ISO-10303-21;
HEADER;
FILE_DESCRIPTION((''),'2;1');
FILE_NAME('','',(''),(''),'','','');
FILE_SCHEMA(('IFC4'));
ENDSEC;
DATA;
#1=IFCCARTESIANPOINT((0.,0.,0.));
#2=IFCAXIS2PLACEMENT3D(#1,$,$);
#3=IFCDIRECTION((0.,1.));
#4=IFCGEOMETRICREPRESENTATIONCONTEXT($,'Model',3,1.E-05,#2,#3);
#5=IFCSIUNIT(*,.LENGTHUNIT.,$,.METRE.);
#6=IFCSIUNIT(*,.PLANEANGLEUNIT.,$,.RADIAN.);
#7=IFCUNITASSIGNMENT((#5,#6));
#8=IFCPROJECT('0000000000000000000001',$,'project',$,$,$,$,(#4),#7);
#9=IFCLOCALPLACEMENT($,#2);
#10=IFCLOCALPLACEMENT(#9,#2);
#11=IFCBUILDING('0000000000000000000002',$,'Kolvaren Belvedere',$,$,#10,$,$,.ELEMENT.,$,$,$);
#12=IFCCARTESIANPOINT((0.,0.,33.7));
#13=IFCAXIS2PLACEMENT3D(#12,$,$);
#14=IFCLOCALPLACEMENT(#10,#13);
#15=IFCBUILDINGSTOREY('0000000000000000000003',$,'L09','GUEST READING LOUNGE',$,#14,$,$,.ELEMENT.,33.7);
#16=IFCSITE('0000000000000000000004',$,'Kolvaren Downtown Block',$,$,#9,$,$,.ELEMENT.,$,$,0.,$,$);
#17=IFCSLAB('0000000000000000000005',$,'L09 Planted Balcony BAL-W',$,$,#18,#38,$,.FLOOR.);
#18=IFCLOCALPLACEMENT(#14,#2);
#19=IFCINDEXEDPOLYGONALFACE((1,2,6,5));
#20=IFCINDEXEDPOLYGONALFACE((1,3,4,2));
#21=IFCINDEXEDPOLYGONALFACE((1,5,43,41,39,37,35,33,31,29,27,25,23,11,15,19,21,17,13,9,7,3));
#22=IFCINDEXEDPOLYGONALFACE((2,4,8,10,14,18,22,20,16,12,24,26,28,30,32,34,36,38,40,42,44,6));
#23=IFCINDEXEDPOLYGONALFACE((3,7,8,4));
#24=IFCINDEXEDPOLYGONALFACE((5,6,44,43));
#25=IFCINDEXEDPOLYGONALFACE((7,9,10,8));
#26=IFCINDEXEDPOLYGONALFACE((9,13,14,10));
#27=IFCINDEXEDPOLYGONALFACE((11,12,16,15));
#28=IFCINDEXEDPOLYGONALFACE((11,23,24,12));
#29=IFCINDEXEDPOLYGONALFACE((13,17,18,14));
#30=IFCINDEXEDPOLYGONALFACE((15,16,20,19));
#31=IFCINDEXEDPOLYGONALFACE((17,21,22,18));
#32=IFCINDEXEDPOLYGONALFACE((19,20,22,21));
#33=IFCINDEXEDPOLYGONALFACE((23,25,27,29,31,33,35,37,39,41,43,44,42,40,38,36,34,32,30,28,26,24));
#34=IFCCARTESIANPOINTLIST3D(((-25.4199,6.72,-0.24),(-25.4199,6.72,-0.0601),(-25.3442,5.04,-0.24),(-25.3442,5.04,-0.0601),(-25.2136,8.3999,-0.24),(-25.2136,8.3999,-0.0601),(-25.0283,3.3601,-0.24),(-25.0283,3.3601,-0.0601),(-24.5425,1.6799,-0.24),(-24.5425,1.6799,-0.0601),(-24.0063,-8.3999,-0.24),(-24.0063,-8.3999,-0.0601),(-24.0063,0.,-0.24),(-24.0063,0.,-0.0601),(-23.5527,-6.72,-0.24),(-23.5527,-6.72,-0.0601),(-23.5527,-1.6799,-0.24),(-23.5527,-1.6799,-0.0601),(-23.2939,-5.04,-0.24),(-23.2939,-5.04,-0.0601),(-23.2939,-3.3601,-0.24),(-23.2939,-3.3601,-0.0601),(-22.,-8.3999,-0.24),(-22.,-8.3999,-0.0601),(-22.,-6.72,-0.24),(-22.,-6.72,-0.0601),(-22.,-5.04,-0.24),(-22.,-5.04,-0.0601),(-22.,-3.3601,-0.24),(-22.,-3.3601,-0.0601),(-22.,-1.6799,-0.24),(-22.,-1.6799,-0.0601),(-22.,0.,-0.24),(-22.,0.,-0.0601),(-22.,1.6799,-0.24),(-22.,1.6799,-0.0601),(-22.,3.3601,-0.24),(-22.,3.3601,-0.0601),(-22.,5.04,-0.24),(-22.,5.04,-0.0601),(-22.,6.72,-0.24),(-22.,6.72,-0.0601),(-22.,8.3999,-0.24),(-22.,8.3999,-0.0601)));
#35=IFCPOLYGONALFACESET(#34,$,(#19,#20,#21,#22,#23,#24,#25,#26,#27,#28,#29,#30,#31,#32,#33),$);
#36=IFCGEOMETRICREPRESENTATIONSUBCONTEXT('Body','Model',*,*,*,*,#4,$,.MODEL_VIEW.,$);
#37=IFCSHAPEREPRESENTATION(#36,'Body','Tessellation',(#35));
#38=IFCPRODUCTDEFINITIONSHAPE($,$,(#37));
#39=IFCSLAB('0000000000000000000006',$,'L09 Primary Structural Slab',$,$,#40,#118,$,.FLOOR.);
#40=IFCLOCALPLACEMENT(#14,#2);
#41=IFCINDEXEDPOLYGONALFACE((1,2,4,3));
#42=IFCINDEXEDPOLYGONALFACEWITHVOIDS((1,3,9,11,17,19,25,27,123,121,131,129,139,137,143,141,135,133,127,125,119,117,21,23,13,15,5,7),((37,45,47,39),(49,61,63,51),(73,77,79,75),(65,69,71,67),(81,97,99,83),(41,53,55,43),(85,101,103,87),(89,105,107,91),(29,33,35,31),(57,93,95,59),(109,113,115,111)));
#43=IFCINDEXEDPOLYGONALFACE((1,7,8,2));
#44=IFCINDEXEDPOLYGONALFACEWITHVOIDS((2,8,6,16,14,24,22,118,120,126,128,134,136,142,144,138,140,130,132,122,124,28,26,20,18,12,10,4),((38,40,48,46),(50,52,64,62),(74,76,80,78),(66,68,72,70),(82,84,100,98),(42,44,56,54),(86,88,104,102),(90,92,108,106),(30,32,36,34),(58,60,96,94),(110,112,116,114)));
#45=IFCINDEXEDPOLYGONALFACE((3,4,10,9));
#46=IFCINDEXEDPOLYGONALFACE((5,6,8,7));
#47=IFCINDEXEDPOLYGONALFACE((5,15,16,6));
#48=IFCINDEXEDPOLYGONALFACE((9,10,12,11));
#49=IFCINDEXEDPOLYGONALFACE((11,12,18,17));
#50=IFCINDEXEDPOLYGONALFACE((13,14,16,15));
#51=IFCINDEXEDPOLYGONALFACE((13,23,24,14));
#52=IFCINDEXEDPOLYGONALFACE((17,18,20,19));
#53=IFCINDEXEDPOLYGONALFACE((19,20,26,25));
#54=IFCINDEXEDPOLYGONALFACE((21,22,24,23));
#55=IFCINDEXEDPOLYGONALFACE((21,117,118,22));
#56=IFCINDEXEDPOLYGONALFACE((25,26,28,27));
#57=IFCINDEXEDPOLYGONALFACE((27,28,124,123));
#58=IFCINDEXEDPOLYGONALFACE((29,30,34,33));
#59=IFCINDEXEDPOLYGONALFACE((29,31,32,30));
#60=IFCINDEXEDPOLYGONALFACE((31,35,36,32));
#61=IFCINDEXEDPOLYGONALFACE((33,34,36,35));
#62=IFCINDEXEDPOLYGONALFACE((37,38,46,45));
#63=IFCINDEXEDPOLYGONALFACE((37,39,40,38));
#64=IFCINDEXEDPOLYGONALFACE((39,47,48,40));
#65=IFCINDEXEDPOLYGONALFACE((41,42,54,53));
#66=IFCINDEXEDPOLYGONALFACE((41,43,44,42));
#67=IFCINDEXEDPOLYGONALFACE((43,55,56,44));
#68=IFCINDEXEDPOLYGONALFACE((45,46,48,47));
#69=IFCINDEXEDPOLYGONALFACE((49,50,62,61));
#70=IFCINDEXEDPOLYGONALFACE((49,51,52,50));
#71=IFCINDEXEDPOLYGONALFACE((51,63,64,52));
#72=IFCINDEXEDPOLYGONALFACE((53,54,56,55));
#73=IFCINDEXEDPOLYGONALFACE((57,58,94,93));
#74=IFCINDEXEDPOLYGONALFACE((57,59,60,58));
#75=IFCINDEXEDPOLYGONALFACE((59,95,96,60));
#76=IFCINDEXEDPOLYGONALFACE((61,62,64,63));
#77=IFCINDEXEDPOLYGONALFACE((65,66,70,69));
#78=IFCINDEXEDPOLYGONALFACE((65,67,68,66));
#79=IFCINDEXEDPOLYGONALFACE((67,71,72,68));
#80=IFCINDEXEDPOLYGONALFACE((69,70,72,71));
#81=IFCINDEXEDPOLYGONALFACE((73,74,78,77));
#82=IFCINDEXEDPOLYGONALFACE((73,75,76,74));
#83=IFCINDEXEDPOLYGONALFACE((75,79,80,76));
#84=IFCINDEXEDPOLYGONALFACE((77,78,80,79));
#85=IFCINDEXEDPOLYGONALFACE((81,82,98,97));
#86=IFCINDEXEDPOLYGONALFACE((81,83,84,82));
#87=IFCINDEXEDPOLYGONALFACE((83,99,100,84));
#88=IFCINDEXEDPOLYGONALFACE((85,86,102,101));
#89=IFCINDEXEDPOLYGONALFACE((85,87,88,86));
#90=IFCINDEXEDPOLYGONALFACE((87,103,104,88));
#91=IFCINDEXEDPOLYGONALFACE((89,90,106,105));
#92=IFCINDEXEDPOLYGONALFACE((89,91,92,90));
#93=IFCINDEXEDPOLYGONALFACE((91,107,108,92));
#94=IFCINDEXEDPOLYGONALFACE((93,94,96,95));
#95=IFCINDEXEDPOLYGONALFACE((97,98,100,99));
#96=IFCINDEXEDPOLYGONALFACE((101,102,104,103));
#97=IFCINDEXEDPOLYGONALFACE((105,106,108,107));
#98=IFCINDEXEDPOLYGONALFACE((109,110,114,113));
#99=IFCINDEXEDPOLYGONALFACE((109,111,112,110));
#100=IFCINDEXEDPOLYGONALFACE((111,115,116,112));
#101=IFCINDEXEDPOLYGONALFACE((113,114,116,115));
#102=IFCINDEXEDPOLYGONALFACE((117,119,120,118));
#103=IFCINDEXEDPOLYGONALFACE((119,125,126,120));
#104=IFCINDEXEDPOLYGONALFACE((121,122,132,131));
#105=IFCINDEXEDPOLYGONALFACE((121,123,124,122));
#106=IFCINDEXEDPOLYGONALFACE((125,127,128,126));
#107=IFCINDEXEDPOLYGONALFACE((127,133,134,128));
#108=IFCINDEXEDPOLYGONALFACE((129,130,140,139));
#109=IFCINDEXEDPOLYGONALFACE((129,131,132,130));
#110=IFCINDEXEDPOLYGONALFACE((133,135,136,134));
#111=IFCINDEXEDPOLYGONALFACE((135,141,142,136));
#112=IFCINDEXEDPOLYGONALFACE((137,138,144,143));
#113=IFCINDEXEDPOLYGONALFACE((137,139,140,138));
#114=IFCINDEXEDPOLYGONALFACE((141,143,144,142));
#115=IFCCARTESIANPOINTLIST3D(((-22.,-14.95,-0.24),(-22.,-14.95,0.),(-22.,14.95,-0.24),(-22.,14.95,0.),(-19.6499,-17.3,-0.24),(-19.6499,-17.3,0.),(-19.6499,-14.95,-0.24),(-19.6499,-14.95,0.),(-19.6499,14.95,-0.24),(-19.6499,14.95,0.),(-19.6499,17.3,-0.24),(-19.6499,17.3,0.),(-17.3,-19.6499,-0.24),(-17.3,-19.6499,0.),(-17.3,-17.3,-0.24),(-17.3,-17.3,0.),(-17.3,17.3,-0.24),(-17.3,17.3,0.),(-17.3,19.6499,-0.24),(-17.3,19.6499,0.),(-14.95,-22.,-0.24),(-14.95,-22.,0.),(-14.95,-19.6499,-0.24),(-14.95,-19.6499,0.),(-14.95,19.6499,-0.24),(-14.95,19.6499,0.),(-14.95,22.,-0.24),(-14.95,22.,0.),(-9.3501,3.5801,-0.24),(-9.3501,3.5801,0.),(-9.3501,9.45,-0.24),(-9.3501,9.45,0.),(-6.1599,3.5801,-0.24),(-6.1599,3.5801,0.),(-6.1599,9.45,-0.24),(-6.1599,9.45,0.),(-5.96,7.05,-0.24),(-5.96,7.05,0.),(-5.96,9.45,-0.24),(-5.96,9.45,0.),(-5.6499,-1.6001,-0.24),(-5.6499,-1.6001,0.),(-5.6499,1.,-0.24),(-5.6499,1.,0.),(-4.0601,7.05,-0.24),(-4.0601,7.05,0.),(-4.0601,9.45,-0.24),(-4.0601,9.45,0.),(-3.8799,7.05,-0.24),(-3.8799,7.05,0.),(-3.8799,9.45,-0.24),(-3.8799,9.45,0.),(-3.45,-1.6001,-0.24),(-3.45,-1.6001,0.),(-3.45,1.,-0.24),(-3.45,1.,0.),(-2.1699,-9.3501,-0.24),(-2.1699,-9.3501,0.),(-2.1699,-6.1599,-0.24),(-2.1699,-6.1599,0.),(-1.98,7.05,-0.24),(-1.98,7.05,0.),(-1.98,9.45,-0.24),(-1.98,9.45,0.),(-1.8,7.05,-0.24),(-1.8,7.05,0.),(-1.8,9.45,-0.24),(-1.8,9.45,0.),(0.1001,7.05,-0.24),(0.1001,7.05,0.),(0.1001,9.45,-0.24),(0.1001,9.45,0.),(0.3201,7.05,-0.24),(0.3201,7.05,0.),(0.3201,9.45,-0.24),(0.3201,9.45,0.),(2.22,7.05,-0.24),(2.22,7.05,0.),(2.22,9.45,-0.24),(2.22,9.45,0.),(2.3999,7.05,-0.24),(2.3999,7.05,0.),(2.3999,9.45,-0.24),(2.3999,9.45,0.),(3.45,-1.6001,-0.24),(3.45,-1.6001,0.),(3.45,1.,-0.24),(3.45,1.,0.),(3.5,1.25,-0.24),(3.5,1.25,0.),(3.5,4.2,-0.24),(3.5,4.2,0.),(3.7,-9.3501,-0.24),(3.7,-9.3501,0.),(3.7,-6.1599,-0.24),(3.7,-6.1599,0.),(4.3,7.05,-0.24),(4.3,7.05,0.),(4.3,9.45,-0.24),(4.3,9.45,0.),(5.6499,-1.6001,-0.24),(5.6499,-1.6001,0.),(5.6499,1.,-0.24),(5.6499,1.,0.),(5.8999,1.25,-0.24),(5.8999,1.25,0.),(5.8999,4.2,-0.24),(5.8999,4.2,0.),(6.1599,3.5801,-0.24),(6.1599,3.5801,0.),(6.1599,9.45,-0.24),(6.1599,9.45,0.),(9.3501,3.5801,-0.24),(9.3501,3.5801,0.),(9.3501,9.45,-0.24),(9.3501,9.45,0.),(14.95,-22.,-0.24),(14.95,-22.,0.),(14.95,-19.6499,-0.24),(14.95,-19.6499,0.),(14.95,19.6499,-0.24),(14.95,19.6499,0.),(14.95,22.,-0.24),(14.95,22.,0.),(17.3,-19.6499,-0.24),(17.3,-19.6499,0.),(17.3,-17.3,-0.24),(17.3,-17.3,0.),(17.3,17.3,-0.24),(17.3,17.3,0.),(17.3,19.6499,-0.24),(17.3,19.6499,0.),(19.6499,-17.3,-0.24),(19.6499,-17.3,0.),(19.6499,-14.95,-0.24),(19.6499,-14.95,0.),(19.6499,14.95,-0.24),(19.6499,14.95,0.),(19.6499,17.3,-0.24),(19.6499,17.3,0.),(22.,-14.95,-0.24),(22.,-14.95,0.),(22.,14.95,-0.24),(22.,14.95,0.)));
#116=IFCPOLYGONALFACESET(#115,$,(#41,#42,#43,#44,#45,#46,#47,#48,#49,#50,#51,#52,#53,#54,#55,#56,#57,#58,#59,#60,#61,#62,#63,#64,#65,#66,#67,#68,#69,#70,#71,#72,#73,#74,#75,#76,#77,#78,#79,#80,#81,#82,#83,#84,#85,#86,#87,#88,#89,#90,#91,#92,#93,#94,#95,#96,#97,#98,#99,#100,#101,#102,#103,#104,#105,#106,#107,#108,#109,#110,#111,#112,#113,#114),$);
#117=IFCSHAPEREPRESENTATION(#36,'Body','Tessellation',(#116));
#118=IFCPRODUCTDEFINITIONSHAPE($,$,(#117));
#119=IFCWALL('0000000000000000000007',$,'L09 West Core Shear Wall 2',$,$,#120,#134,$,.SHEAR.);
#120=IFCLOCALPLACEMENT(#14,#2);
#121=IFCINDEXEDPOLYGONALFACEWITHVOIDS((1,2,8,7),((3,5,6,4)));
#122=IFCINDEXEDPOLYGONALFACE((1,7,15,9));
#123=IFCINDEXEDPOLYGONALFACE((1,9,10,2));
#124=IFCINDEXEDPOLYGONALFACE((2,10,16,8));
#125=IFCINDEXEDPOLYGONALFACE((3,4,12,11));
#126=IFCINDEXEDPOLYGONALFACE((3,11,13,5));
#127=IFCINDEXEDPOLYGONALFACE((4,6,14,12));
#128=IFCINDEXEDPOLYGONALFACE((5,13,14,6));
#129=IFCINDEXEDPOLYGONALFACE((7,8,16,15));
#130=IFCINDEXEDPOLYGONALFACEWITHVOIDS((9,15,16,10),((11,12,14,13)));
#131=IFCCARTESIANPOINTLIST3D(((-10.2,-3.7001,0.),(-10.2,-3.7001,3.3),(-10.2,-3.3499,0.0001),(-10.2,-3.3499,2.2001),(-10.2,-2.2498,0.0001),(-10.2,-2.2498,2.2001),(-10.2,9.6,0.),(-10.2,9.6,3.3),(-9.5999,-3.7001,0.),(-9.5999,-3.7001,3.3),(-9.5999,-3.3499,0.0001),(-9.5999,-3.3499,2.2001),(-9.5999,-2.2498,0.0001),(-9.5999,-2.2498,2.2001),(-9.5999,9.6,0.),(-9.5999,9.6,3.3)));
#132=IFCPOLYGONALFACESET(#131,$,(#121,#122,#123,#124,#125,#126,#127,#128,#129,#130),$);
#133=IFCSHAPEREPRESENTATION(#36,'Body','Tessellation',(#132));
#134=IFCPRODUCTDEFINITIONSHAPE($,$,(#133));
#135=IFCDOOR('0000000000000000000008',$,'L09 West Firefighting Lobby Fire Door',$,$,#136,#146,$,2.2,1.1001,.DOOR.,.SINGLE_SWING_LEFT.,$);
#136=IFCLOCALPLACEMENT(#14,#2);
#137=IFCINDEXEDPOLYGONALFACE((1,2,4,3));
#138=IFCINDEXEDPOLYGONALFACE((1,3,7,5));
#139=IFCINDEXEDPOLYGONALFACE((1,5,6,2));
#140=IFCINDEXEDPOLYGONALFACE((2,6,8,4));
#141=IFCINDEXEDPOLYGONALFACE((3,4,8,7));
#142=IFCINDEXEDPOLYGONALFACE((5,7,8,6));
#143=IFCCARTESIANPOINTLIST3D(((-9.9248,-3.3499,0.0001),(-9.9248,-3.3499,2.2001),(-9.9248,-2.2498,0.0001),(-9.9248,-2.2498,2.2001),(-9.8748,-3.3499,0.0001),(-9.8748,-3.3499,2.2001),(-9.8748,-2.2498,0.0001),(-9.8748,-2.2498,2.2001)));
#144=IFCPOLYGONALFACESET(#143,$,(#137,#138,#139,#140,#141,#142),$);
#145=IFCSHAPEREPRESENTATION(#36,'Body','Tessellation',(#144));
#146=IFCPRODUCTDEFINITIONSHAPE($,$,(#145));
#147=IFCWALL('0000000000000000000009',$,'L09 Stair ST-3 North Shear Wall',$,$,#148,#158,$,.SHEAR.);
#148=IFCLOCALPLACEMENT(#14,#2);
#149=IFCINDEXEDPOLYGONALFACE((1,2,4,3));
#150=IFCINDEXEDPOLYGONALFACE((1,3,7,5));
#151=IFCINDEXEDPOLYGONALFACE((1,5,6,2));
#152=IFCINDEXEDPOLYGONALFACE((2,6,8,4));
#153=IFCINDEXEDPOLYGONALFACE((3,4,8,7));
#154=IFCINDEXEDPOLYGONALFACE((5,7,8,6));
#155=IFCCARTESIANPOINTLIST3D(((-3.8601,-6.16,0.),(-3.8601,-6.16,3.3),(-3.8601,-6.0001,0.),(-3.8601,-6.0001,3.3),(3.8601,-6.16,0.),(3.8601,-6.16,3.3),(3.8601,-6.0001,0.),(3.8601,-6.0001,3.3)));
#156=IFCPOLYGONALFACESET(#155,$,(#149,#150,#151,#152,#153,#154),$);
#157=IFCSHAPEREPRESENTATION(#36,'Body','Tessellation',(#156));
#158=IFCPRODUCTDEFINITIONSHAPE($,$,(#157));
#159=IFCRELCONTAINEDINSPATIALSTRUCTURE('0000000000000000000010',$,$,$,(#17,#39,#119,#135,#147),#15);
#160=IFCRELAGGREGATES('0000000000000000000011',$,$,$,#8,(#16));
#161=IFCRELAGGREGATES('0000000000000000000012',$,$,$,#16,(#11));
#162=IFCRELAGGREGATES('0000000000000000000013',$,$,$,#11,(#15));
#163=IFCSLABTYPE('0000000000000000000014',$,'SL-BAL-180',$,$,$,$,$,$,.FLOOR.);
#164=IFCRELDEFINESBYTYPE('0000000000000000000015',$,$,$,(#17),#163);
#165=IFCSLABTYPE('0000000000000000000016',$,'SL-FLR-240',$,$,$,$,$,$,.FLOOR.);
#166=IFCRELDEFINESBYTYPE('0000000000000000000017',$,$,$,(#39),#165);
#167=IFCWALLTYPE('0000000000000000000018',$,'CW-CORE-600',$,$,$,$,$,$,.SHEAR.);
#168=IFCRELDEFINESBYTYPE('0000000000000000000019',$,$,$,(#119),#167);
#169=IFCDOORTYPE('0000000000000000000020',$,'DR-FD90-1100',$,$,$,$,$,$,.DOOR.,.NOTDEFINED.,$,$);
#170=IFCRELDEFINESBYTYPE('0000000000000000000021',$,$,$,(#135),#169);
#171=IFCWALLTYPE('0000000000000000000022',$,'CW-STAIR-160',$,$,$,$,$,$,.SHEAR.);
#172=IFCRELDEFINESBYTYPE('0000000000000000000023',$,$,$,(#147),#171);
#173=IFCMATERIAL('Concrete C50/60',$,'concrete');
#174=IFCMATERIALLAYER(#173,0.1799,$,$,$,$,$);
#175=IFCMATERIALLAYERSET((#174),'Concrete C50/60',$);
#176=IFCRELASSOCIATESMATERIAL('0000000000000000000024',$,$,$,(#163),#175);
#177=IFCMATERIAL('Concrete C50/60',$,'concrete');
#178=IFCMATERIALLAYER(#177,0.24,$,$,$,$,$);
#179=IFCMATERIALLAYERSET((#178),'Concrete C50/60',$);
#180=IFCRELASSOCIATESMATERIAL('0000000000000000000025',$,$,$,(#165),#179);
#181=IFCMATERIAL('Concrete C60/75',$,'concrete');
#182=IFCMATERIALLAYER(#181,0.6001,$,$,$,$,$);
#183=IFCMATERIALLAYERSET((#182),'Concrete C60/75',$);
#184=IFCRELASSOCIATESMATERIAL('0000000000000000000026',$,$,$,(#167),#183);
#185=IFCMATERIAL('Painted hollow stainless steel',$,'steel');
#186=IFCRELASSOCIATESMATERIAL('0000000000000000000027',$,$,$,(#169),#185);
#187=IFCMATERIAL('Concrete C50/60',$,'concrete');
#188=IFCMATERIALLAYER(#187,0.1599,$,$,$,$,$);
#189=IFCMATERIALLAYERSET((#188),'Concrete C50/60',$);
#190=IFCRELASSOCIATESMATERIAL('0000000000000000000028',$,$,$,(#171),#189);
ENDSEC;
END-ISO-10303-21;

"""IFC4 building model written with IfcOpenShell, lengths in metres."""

from ifc_helpers import new_model, si_unit, direction, frame, frame_2d, origin, place, context, subcontext, project, spatial, polyline, rectangle, outline, extrude, material, layer, layer_set, type_object, element, fill, save


model = new_model("IFC4")

# Units and contexts
model_context = context("Model", 3, precision=1e-05, world=origin(), true_north=direction((0.0, 1.0)))
body_context = subcontext(model_context, "Body", "Model", "MODEL_VIEW")
ifc_project = project(units=[si_unit("LENGTHUNIT", "METRE"), si_unit("PLANEANGLEUNIT", "RADIAN")], contexts=[model_context])

# Site, building, storey
site_placement = place(None, origin())
site = spatial("IfcSite", under=ifc_project, at=site_placement, Name="Kolvaren Downtown Block", CompositionType="ELEMENT", RefElevation=0.0)
building_placement = place(site_placement, origin())
building = spatial("IfcBuilding", under=site, at=building_placement, Name="Kolvaren Belvedere", CompositionType="ELEMENT")
storey_placement = place(building_placement, frame((0.0, 0.0, 33.7)))
storey = spatial("IfcBuildingStorey", under=building, at=storey_placement, Name="L09", Description="GUEST READING LOUNGE", CompositionType="ELEMENT", Elevation=33.7)

# Slabs
ifc_material_1 = material(Name="Concrete C50/60", Category="concrete")
ifc_layer_1 = layer(ifc_material_1, 0.1799)
ifc_layer_set_1 = layer_set([ifc_layer_1], Name="Concrete C50/60")
slab_type_1 = type_object("IfcSlabType", Name="SL-BAL-180", PredefinedType="FLOOR", material=ifc_layer_set_1)
slab_1_placement = place(storey_placement, frame((0.0, 0.0, -0.24)))
element("IfcSlab", 1, at=slab_1_placement, inside=storey, type_object=slab_type_1, Name="L09 Planted Balcony BAL-W", PredefinedType="FLOOR", context=body_context, shape_type="SweptSolid", body=[
    extrude(outline(polyline([(-25.2136, 8.3999), (-25.4199, 6.72), (-25.3442, 5.04), (-25.0283, 3.3601), (-24.5425, 1.6799), (-24.0063, 0.0), (-23.5527, -1.6799), (-23.2939, -3.3601), (-23.2939, -5.04), (-23.5527, -6.72), (-24.0063, -8.3999), (-22.0, -8.3999), (-22.0, -6.72), (-22.0, -5.04), (-22.0, -3.3601), (-22.0, -1.6799), (-22.0, 0.0), (-22.0, 1.6799), (-22.0, 3.3601), (-22.0, 5.04), (-22.0, 6.72), (-22.0, 8.3999), (-25.2136, 8.3999)])), origin(), (0.0, 0.0, 1.0), 0.1799),
])
ifc_material_2 = material(Name="Concrete C50/60", Category="concrete")
ifc_layer_2 = layer(ifc_material_2, 0.24)
ifc_layer_set_2 = layer_set([ifc_layer_2], Name="Concrete C50/60")
slab_type_2 = type_object("IfcSlabType", Name="SL-FLR-240", PredefinedType="FLOOR", material=ifc_layer_set_2)
slab_2_placement = place(storey_placement, frame((0.0, 0.0, -0.24)))
element("IfcSlab", 2, at=slab_2_placement, inside=storey, type_object=slab_type_2, Name="L09 Primary Structural Slab", PredefinedType="FLOOR", context=body_context, shape_type="SweptSolid", body=[
    extrude(outline(polyline([(-14.95, -22.0), (14.95, -22.0), (14.95, -19.6499), (17.3, -19.6499), (17.3, -17.3), (19.6499, -17.3), (19.6499, -14.95), (22.0, -14.95), (22.0, 14.95), (19.6499, 14.95), (19.6499, 17.3), (17.3, 17.3), (17.3, 19.6499), (14.95, 19.6499), (14.95, 22.0), (-14.95, 22.0), (-14.95, 19.6499), (-17.3, 19.6499), (-17.3, 17.3), (-19.6499, 17.3), (-19.6499, 14.95), (-22.0, 14.95), (-22.0, -14.95), (-19.6499, -14.95), (-19.6499, -17.3), (-17.3, -17.3), (-17.3, -19.6499), (-14.95, -19.6499), (-14.95, -22.0)]), holes=[polyline([(-9.3501, 3.5801), (-6.1599, 3.5801), (-6.1599, 9.45), (-9.3501, 9.45), (-9.3501, 3.5801)]), polyline([(6.1599, 3.5801), (9.3501, 3.5801), (9.3501, 9.45), (6.1599, 9.45), (6.1599, 3.5801)]), polyline([(-2.1699, -9.3501), (3.7, -9.3501), (3.7, -6.1599), (-2.1699, -6.1599), (-2.1699, -9.3501)]), polyline([(-5.6499, -1.6001), (-3.45, -1.6001), (-3.45, 1.0), (-5.6499, 1.0), (-5.6499, -1.6001)]), polyline([(3.5, 1.25), (5.8999, 1.25), (5.8999, 4.2), (3.5, 4.2), (3.5, 1.25)]), polyline([(3.45, -1.6001), (5.6499, -1.6001), (5.6499, 1.0), (3.45, 1.0), (3.45, -1.6001)]), polyline([(-5.96, 7.05), (-4.0601, 7.05), (-4.0601, 9.45), (-5.96, 9.45), (-5.96, 7.05)]), polyline([(-3.8799, 7.05), (-1.98, 7.05), (-1.98, 9.45), (-3.8799, 9.45), (-3.8799, 7.05)]), polyline([(-1.8, 7.05), (0.1001, 7.05), (0.1001, 9.45), (-1.8, 9.45), (-1.8, 7.05)]), polyline([(0.3201, 7.05), (2.22, 7.05), (2.22, 9.45), (0.3201, 9.45), (0.3201, 7.05)]), polyline([(2.3999, 7.05), (4.3, 7.05), (4.3, 9.45), (2.3999, 9.45), (2.3999, 7.05)])]), origin(), (0.0, 0.0, 1.0), 0.24),
])

# Wall, opening, door
ifc_material_3 = material(Name="Concrete C60/75", Category="concrete")
ifc_layer_3 = layer(ifc_material_3, 0.6001)
ifc_layer_set_3 = layer_set([ifc_layer_3], Name="Concrete C60/75")
wall_type_1 = type_object("IfcWallType", Name="CW-CORE-600", PredefinedType="SHEAR", material=ifc_layer_set_3)
wall_1_placement = place(storey_placement, frame((-9.8999, -3.7, 0.0), z_axis=(0.0, 0.0, 1.0), x_axis=(0.0, 1.0, 0.0)))
wall_1 = element("IfcWall", 3, at=wall_1_placement, inside=storey, type_object=wall_type_1, Name="L09 West Core Shear Wall 2", PredefinedType="SHEAR", context=body_context, shape_type="SweptSolid", body=[
    extrude(rectangle(XDim=13.3, YDim=0.6001, at=frame_2d((6.6499, 0.0))), origin(), (0.0, 0.0, 1.0), 3.3),
])
opening_1_placement = place(wall_1_placement, frame((0.3501, 0.0, 0.0)))
opening_1 = element("IfcOpeningElement", 4, at=opening_1_placement, cuts=wall_1, PredefinedType="OPENING", context=body_context, shape_type="SweptSolid", body=[
    extrude(rectangle(XDim=1.1001, YDim=2.2, at=frame_2d((0.55, 1.1001))), frame((0.0, 0.3101, 0.0), z_axis=(0.0, -1.0, 0.0), x_axis=(1.0, 0.0, 0.0)), (0.0, 0.0, 1.0), 0.6201),
])
ifc_material_4 = material(Name="Painted hollow stainless steel", Category="steel")
door_type_1 = type_object("IfcDoorType", Name="DR-FD90-1100", OperationType="NOTDEFINED", PredefinedType="DOOR", material=ifc_material_4)
door_1_placement = place(opening_1_placement, origin())
door_1 = element("IfcDoor", 5, at=door_1_placement, inside=storey, type_object=door_type_1, Name="L09 West Firefighting Lobby Fire Door", OperationType="SINGLE_SWING_LEFT", OverallHeight=2.2, OverallWidth=1.1001, PredefinedType="DOOR", context=body_context, shape_type="SweptSolid", body=[
    extrude(rectangle(XDim=1.1001, YDim=2.2, at=frame_2d((0.55, 1.1001))), frame((0.0, 0.0249, 0.0), z_axis=(0.0, -1.0, 0.0), x_axis=(1.0, 0.0, 0.0)), (0.0, 0.0, 1.0), 0.05),
])
fill(opening_1, door_1)

# Wall
ifc_material_5 = material(Name="Concrete C50/60", Category="concrete")
ifc_layer_4 = layer(ifc_material_5, 0.1599)
ifc_layer_set_4 = layer_set([ifc_layer_4], Name="Concrete C50/60")
wall_type_2 = type_object("IfcWallType", Name="CW-STAIR-160", PredefinedType="SHEAR", material=ifc_layer_set_4)
wall_2_placement = place(storey_placement, frame((-3.8601, -6.0801, 0.0), z_axis=(0.0, 0.0, 1.0), x_axis=(1.0, 0.0, 0.0)))
element("IfcWall", 6, at=wall_2_placement, inside=storey, type_object=wall_type_2, Name="L09 Stair ST-3 North Shear Wall", PredefinedType="SHEAR", context=body_context, shape_type="SweptSolid", body=[
    extrude(rectangle(XDim=7.7202, YDim=0.1599, at=frame_2d((3.8601, 0.0))), origin(), (0.0, 0.0, 1.0), 3.3),
])

save(model, "model.ifc")
